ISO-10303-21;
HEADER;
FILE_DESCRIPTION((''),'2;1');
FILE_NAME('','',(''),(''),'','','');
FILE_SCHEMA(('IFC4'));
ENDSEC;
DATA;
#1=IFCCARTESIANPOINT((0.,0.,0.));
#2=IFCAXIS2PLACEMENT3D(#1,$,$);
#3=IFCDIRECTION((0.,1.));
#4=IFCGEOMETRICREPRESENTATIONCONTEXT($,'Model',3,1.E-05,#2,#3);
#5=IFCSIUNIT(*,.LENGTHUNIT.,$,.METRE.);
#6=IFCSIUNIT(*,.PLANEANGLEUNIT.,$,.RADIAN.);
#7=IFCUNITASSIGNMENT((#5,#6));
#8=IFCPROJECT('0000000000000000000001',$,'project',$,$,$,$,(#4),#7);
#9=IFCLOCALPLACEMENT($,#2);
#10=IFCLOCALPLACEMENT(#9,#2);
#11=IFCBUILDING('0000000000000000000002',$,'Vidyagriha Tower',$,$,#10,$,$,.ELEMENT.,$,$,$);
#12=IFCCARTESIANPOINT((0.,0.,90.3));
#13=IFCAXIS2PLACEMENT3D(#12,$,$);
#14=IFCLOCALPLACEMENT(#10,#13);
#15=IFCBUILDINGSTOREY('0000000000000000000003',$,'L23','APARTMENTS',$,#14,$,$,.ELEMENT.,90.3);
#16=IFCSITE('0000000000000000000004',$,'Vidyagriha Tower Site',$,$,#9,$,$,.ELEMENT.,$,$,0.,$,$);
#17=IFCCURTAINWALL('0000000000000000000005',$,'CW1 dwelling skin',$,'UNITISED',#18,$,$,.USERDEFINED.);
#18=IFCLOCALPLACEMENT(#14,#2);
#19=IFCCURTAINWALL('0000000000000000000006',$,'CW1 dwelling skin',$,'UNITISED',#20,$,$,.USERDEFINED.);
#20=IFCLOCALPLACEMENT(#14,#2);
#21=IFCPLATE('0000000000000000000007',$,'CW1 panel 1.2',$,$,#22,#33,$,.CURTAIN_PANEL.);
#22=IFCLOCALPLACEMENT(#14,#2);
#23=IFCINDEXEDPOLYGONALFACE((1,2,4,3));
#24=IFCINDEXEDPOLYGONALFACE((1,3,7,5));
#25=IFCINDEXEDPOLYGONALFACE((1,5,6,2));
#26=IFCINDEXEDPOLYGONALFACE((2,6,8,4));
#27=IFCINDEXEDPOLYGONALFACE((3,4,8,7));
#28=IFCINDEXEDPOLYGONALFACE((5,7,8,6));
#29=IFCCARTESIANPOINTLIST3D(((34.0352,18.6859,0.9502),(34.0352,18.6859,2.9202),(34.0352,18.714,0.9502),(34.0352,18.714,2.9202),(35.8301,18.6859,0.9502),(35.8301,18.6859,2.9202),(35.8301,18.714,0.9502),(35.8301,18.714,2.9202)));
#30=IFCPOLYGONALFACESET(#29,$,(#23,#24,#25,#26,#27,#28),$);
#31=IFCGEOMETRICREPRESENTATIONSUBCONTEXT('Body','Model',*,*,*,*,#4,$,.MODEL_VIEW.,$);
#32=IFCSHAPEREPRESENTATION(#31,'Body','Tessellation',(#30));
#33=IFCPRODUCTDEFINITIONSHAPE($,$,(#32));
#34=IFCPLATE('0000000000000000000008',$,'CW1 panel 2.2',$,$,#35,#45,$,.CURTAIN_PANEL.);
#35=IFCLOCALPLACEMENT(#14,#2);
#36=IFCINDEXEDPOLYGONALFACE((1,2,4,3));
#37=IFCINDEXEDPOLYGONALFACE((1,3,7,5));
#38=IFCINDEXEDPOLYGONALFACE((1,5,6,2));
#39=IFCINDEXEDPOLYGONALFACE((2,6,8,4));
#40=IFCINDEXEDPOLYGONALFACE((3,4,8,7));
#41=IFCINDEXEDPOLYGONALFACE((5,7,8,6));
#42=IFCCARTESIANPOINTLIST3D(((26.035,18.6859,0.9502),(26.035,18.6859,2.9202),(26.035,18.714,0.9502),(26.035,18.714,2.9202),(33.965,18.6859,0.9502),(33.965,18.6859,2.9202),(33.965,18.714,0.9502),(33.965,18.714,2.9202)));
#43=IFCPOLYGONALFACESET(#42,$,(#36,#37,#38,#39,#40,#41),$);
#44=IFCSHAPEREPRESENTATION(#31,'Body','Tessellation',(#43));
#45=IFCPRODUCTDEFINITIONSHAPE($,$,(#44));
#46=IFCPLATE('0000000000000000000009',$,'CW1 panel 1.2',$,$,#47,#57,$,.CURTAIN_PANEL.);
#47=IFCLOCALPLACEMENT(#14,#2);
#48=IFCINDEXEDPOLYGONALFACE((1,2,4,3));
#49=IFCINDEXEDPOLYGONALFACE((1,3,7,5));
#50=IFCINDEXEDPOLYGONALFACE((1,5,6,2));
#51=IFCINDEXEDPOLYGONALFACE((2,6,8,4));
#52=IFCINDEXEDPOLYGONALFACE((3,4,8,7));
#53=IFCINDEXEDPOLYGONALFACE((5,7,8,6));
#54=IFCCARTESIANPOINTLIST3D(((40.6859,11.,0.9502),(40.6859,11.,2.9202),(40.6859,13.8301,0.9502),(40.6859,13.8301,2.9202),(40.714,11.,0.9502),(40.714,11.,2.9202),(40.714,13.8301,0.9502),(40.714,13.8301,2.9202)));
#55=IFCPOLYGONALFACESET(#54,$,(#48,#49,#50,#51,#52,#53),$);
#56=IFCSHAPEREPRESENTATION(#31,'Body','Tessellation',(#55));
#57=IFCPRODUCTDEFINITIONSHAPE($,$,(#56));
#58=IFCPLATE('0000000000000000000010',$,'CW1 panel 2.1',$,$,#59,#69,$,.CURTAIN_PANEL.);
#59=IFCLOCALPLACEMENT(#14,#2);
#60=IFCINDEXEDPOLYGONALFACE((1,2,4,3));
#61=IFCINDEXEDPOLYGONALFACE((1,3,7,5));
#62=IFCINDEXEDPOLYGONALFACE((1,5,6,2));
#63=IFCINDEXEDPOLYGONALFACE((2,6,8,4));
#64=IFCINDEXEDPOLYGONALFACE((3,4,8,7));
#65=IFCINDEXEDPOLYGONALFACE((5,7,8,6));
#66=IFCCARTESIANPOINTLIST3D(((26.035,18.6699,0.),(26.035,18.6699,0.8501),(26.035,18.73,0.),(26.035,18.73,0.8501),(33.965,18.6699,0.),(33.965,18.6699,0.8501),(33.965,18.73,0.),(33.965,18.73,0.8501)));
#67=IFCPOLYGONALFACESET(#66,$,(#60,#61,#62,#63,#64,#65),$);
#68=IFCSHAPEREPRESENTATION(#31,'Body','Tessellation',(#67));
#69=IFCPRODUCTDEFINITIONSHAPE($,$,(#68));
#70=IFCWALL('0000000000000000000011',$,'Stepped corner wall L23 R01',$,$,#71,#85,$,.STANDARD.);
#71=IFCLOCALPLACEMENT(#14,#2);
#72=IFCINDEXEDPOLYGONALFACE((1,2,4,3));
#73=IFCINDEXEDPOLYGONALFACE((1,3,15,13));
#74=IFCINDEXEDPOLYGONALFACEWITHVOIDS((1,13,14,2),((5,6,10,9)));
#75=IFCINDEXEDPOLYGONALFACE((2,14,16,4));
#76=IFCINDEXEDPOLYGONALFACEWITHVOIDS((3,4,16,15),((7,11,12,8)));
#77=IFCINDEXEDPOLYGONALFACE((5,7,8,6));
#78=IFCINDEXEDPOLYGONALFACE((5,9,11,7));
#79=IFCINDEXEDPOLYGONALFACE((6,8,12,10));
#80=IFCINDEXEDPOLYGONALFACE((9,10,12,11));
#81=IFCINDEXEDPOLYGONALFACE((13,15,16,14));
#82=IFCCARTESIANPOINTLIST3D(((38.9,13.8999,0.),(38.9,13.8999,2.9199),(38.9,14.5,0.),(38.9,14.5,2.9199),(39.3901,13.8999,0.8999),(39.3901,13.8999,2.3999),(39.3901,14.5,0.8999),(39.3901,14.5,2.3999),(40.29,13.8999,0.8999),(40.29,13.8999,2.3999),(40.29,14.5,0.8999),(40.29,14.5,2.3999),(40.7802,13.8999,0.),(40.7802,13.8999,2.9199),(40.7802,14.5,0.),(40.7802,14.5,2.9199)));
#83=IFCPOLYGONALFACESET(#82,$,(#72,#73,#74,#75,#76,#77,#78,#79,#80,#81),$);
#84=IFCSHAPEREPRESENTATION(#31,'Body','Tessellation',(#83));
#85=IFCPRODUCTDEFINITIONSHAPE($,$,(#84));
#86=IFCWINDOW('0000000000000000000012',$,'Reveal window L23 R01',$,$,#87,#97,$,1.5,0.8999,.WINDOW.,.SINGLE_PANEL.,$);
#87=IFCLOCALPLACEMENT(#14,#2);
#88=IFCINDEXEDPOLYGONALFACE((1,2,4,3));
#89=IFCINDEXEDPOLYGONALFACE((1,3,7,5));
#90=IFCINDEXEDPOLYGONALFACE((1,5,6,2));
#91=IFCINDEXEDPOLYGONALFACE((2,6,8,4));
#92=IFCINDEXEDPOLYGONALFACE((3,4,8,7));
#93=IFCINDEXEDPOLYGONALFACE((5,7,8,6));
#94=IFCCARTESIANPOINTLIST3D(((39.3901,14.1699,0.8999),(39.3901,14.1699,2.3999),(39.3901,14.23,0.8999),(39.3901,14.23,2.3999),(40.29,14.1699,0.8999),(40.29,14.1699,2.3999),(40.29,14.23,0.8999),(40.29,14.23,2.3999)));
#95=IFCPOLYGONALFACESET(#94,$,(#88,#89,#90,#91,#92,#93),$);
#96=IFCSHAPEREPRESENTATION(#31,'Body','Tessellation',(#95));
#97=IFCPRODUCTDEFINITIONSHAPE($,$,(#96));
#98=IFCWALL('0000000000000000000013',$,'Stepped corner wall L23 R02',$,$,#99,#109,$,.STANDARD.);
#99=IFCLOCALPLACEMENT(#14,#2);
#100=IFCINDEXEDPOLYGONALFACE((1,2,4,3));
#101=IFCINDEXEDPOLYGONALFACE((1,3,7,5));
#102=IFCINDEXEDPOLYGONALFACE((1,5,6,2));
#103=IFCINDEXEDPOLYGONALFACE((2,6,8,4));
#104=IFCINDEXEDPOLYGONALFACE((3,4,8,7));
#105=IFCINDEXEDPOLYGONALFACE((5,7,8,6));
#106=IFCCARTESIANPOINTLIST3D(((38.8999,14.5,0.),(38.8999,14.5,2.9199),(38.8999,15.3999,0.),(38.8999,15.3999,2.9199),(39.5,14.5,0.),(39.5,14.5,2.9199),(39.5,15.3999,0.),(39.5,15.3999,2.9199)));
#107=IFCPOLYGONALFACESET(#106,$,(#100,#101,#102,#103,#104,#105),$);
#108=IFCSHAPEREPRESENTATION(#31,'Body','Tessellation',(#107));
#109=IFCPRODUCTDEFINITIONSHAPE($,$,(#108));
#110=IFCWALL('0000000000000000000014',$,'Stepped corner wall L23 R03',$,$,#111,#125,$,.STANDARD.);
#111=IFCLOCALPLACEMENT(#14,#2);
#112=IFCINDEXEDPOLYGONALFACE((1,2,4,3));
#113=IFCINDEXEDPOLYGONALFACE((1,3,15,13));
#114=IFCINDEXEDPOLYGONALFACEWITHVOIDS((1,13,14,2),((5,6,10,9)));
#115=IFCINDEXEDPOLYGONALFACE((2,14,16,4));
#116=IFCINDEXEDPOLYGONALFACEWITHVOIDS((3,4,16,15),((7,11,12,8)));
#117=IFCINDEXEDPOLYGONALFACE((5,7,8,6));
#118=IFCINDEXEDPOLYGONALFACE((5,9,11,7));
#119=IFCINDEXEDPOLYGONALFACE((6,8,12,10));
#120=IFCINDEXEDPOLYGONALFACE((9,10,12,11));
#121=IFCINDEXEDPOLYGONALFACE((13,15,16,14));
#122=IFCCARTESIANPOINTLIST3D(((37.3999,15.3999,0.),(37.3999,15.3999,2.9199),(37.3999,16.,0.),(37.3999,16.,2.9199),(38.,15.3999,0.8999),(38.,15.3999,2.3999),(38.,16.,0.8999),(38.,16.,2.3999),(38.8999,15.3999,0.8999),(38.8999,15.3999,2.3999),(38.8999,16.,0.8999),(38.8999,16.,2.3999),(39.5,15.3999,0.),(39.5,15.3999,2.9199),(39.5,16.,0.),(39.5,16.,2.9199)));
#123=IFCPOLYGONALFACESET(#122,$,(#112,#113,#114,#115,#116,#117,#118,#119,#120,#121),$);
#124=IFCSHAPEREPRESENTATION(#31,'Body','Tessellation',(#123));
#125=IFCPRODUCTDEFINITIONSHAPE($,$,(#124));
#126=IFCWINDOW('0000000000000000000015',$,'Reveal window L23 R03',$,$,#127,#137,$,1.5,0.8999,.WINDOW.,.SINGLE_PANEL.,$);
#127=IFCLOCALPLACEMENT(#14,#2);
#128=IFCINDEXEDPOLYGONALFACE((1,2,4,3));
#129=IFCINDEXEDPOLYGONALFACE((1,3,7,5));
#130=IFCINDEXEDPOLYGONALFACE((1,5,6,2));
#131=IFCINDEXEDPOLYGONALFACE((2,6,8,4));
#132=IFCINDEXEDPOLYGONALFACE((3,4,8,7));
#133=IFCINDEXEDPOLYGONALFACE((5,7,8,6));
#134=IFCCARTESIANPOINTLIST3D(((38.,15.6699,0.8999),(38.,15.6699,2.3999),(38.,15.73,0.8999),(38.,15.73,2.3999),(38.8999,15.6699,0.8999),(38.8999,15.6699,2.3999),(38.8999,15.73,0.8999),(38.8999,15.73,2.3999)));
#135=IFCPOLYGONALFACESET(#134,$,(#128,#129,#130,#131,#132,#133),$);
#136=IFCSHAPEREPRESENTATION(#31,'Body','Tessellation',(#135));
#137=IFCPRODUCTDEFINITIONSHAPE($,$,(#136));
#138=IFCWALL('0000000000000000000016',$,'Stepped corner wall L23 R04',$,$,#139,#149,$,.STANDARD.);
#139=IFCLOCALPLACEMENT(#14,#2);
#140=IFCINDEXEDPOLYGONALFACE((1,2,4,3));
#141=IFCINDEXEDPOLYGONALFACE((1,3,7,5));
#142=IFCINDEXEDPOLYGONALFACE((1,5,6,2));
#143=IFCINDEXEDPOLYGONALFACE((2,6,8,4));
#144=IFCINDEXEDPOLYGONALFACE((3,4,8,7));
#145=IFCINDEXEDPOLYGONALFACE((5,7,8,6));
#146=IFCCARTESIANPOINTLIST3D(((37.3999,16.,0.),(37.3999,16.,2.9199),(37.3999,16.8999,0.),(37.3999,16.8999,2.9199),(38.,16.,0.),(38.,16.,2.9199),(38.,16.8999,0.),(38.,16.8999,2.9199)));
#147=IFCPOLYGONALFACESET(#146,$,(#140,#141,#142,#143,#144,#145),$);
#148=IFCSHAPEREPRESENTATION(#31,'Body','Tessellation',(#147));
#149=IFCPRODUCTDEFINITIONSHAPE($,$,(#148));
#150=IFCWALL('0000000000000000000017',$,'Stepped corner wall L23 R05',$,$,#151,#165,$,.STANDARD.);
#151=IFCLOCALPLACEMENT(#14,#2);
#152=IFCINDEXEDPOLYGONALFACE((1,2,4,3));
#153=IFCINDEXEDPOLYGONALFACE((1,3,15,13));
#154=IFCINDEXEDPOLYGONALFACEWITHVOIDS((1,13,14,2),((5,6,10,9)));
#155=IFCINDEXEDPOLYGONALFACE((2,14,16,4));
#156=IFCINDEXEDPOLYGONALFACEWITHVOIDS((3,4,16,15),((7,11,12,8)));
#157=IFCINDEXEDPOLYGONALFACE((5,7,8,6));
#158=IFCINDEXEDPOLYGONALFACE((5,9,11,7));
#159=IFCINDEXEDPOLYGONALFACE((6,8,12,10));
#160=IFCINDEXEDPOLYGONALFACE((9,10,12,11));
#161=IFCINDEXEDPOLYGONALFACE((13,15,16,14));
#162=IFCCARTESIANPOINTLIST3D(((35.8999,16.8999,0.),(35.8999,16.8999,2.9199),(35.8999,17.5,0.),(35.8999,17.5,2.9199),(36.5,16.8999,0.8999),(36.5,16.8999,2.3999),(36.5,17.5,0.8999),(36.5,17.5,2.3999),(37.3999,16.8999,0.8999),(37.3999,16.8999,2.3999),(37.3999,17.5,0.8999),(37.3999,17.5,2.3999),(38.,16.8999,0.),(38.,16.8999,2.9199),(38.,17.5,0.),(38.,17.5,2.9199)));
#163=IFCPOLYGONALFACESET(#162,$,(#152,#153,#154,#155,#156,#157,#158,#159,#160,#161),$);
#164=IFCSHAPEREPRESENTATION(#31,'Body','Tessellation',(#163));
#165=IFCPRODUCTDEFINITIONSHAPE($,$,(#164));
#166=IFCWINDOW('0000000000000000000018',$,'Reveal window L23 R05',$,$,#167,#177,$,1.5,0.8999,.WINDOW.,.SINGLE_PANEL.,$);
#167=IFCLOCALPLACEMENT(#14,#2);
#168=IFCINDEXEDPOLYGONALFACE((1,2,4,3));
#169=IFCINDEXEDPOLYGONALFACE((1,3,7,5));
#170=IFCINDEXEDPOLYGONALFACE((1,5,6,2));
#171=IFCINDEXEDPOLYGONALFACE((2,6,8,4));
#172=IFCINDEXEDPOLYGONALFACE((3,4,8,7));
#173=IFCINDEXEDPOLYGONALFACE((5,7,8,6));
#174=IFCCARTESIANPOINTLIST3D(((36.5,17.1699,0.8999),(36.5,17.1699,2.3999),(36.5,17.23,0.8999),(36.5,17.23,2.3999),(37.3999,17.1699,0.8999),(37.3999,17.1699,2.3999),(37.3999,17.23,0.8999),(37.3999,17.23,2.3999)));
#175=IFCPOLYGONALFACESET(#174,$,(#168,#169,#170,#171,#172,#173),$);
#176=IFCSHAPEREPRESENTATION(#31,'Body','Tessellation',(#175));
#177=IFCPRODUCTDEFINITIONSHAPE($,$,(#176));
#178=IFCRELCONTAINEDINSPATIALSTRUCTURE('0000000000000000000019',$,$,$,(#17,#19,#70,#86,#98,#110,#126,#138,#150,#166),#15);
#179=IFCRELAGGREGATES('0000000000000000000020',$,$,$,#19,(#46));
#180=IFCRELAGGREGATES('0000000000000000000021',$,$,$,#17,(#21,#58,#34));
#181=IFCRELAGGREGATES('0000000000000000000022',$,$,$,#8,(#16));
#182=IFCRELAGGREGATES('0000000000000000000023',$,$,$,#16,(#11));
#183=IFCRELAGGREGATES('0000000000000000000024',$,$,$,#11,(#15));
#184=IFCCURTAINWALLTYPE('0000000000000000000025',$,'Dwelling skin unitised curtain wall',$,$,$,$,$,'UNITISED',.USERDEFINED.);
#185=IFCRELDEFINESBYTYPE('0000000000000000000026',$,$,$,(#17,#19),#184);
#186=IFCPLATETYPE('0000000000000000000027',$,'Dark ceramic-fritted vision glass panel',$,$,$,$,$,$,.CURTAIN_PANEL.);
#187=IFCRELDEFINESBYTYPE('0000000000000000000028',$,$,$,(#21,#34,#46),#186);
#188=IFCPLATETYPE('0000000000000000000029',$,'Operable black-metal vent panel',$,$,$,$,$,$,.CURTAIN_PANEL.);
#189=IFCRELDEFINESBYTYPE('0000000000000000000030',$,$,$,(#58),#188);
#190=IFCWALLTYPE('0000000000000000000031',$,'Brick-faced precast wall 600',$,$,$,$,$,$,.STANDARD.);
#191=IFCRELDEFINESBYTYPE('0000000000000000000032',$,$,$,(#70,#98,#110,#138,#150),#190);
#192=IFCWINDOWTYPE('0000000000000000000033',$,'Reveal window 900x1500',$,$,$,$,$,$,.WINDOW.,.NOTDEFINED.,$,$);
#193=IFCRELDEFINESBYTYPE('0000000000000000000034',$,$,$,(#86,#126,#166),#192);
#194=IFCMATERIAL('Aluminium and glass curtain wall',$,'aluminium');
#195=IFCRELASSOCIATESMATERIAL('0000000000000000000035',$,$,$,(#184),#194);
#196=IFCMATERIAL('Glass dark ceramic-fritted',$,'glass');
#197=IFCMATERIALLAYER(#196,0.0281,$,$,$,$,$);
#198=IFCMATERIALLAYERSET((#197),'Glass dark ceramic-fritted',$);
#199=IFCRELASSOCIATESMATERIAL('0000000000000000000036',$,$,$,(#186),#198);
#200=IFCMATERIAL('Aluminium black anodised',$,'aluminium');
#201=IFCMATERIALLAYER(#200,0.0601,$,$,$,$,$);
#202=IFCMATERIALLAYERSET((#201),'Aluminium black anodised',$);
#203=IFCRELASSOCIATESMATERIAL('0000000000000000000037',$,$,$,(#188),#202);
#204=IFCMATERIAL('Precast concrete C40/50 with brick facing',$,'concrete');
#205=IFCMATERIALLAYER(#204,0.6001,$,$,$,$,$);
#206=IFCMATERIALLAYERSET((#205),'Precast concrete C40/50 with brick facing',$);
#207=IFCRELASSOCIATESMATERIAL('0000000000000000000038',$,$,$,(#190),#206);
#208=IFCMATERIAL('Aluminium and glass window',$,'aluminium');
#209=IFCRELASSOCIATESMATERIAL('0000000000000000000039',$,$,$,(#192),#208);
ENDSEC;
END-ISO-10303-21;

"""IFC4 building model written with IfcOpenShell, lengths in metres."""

from ifc_helpers import new_model, si_unit, direction, frame, frame_2d, origin, origin_2d, place, context, subcontext, project, spatial, rectangle, extrude, material, layer, layer_set, type_object, element, fill, aggregate, save


model = new_model("IFC4")

# Units and contexts
model_context = context("Model", 3, precision=1e-05, world=origin(), true_north=direction((0.0, 1.0)))
body_context = subcontext(model_context, "Body", "Model", "MODEL_VIEW")
ifc_project = project(units=[si_unit("LENGTHUNIT", "METRE"), si_unit("PLANEANGLEUNIT", "RADIAN")], contexts=[model_context])

# Site, building, storey
site_placement = place(None, origin())
site = spatial("IfcSite", under=ifc_project, at=site_placement, Name="Vidyagriha Tower Site", CompositionType="ELEMENT", RefElevation=0.0)
building_placement = place(site_placement, origin())
building = spatial("IfcBuilding", under=site, at=building_placement, Name="Vidyagriha Tower", CompositionType="ELEMENT")
storey_placement = place(building_placement, frame((0.0, 0.0, 90.3)))
storey = spatial("IfcBuildingStorey", under=building, at=storey_placement, Name="L23", Description="APARTMENTS", CompositionType="ELEMENT", Elevation=90.3)

# Curtain wall
ifc_material_1 = material(Name="Aluminium and glass curtain wall", Category="aluminium")
curtain_wall_type = type_object("IfcCurtainWallType", Name="Dwelling skin unitised curtain wall", ElementType="UNITISED", PredefinedType="USERDEFINED", material=ifc_material_1)
curtain_wall_1_placement = place(storey_placement, origin())
curtain_wall_1 = element("IfcCurtainWall", 1, at=curtain_wall_1_placement, inside=storey, type_object=curtain_wall_type, Name="CW1 dwelling skin", ObjectType="UNITISED", PredefinedType="USERDEFINED")

# Curtain wall
curtain_wall_2_placement = place(storey_placement, origin())
curtain_wall_2 = element("IfcCurtainWall", 2, at=curtain_wall_2_placement, inside=storey, type_object=curtain_wall_type, Name="CW1 dwelling skin", ObjectType="UNITISED", PredefinedType="USERDEFINED")

# Plates
ifc_material_2 = material(Name="Glass dark ceramic-fritted", Category="glass")
ifc_layer_1 = layer(ifc_material_2, 0.0281)
ifc_layer_set_1 = layer_set([ifc_layer_1], Name="Glass dark ceramic-fritted")
plate_type_1 = type_object("IfcPlateType", Name="Dark ceramic-fritted vision glass panel", PredefinedType="CURTAIN_PANEL", material=ifc_layer_set_1)
plate_1_placement = place(storey_placement, frame((34.9326, 18.7, 0.9502), z_axis=(0.0, 0.0, 1.0), x_axis=(-1.0, 0.0, 0.0)))
plate_1 = element("IfcPlate", 3, at=plate_1_placement, type_object=plate_type_1, Name="CW1 panel 1.2", PredefinedType="CURTAIN_PANEL", context=body_context, shape_type="SweptSolid", body=[
    extrude(rectangle(XDim=1.7949, YDim=0.0281, at=origin_2d()), origin(), (0.0, 0.0, 1.0), 1.97),
])
plate_2_placement = place(storey_placement, frame((30.0, 18.7, 0.9502), z_axis=(0.0, 0.0, 1.0), x_axis=(-1.0, 0.0, 0.0)))
plate_2 = element("IfcPlate", 4, at=plate_2_placement, type_object=plate_type_1, Name="CW1 panel 2.2", PredefinedType="CURTAIN_PANEL", context=body_context, shape_type="SweptSolid", body=[
    extrude(rectangle(XDim=7.9299, YDim=0.0281, at=origin_2d()), origin(), (0.0, 0.0, 1.0), 1.97),
])
plate_3_placement = place(storey_placement, frame((40.7, 12.415, 0.9502), z_axis=(0.0, 0.0, 1.0), x_axis=(0.0, 1.0, 0.0)))
plate_3 = element("IfcPlate", 5, at=plate_3_placement, type_object=plate_type_1, Name="CW1 panel 1.2", PredefinedType="CURTAIN_PANEL", context=body_context, shape_type="SweptSolid", body=[
    extrude(rectangle(XDim=2.8301, YDim=0.0281, at=origin_2d()), origin(), (0.0, 0.0, 1.0), 1.97),
])
aggregate(curtain_wall_2, [plate_3])
ifc_material_3 = material(Name="Aluminium black anodised", Category="aluminium")
ifc_layer_2 = layer(ifc_material_3, 0.0601)
ifc_layer_set_2 = layer_set([ifc_layer_2], Name="Aluminium black anodised")
plate_type_2 = type_object("IfcPlateType", Name="Operable black-metal vent panel", PredefinedType="CURTAIN_PANEL", material=ifc_layer_set_2)
plate_4_placement = place(storey_placement, frame((30.0, 18.7, 0.0), z_axis=(0.0, 0.0, 1.0), x_axis=(-1.0, 0.0, 0.0)))
plate_4 = element("IfcPlate", 6, at=plate_4_placement, type_object=plate_type_2, Name="CW1 panel 2.1", PredefinedType="CURTAIN_PANEL", context=body_context, shape_type="SweptSolid", body=[
    extrude(rectangle(XDim=7.9299, YDim=0.0601, at=origin_2d()), origin(), (0.0, 0.0, 1.0), 0.8501),
])
aggregate(curtain_wall_1, [plate_1, plate_4, plate_2])

# Wall, opening, window
ifc_material_4 = material(Name="Precast concrete C40/50 with brick facing", Category="concrete")
ifc_layer_3 = layer(ifc_material_4, 0.6001)
ifc_layer_set_3 = layer_set([ifc_layer_3], Name="Precast concrete C40/50 with brick facing")
wall_type_1 = type_object("IfcWallType", Name="Brick-faced precast wall 600", PredefinedType="STANDARD", material=ifc_layer_set_3)
wall_1_placement = place(storey_placement, frame((40.78, 14.2, 0.0), z_axis=(0.0, 0.0, 1.0), x_axis=(-1.0, 0.0, 0.0)))
wall_1 = element("IfcWall", 7, at=wall_1_placement, inside=storey, type_object=wall_type_1, Name="Stepped corner wall L23 R01", PredefinedType="STANDARD", context=body_context, shape_type="SweptSolid", body=[
    extrude(rectangle(XDim=1.8801, YDim=0.6001, at=frame_2d((0.9399, 0.0))), origin(), (0.0, 0.0, 1.0), 2.9199),
])
opening_1_placement = place(wall_1_placement, frame((0.49, 0.0, 0.8999)))
opening_1 = element("IfcOpeningElement", 8, at=opening_1_placement, cuts=wall_1, PredefinedType="OPENING", context=body_context, shape_type="SweptSolid", body=[
    extrude(rectangle(XDim=0.8999, YDim=1.5, at=frame_2d((0.45, 0.75))), frame((0.0, 0.3101, 0.0), z_axis=(0.0, -1.0, 0.0), x_axis=(1.0, 0.0, 0.0)), (0.0, 0.0, 1.0), 0.6201),
])
ifc_material_5 = material(Name="Aluminium and glass window", Category="aluminium")
window_type = type_object("IfcWindowType", Name="Reveal window 900x1500", PartitioningType="NOTDEFINED", PredefinedType="WINDOW", material=ifc_material_5)
window_1_placement = place(opening_1_placement, origin())
window_1 = element("IfcWindow", 9, at=window_1_placement, inside=storey, type_object=window_type, Name="Reveal window L23 R01", OverallHeight=1.5, OverallWidth=0.8999, PartitioningType="SINGLE_PANEL", PredefinedType="WINDOW", context=body_context, shape_type="SweptSolid", body=[
    extrude(rectangle(XDim=0.8999, YDim=1.5, at=frame_2d((0.45, 0.75))), frame((0.0, 0.03, 0.0), z_axis=(0.0, -1.0, 0.0), x_axis=(1.0, 0.0, 0.0)), (0.0, 0.0, 1.0), 0.0601),
])
fill(opening_1, window_1)

# Wall
wall_2_placement = place(storey_placement, frame((39.2, 14.5, 0.0), z_axis=(0.0, 0.0, 1.0), x_axis=(0.0, 1.0, 0.0)))
element("IfcWall", 10, at=wall_2_placement, inside=storey, type_object=wall_type_1, Name="Stepped corner wall L23 R02", PredefinedType="STANDARD", context=body_context, shape_type="SweptSolid", body=[
    extrude(rectangle(XDim=0.8999, YDim=0.6001, at=frame_2d((0.45, 0.0))), origin(), (0.0, 0.0, 1.0), 2.9199),
])

# Wall, opening, window
wall_3_placement = place(storey_placement, frame((39.5, 15.7, 0.0), z_axis=(0.0, 0.0, 1.0), x_axis=(-1.0, 0.0, 0.0)))
wall_3 = element("IfcWall", 11, at=wall_3_placement, inside=storey, type_object=wall_type_1, Name="Stepped corner wall L23 R03", PredefinedType="STANDARD", context=body_context, shape_type="SweptSolid", body=[
    extrude(rectangle(XDim=2.1001, YDim=0.6001, at=frame_2d((1.05, 0.0))), origin(), (0.0, 0.0, 1.0), 2.9199),
])
opening_2_placement = place(wall_3_placement, frame((0.6001, 0.0, 0.8999)))
opening_2 = element("IfcOpeningElement", 12, at=opening_2_placement, cuts=wall_3, PredefinedType="OPENING", context=body_context, shape_type="SweptSolid", body=[
    extrude(rectangle(XDim=0.8999, YDim=1.5, at=frame_2d((0.45, 0.75))), frame((0.0, 0.3101, 0.0), z_axis=(0.0, -1.0, 0.0), x_axis=(1.0, 0.0, 0.0)), (0.0, 0.0, 1.0), 0.6201),
])
window_2_placement = place(opening_2_placement, origin())
window_2 = element("IfcWindow", 13, at=window_2_placement, inside=storey, type_object=window_type, Name="Reveal window L23 R03", OverallHeight=1.5, OverallWidth=0.8999, PartitioningType="SINGLE_PANEL", PredefinedType="WINDOW", context=body_context, shape_type="SweptSolid", body=[
    extrude(rectangle(XDim=0.8999, YDim=1.5, at=frame_2d((0.45, 0.75))), frame((0.0, 0.03, 0.0), z_axis=(0.0, -1.0, 0.0), x_axis=(1.0, 0.0, 0.0)), (0.0, 0.0, 1.0), 0.0601),
])
fill(opening_2, window_2)

# Wall
wall_4_placement = place(storey_placement, frame((37.7, 16.0, 0.0), z_axis=(0.0, 0.0, 1.0), x_axis=(0.0, 1.0, 0.0)))
element("IfcWall", 14, at=wall_4_placement, inside=storey, type_object=wall_type_1, Name="Stepped corner wall L23 R04", PredefinedType="STANDARD", context=body_context, shape_type="SweptSolid", body=[
    extrude(rectangle(XDim=0.8999, YDim=0.6001, at=frame_2d((0.45, 0.0))), origin(), (0.0, 0.0, 1.0), 2.9199),
])

# Wall, opening, window
wall_5_placement = place(storey_placement, frame((38.0, 17.2, 0.0), z_axis=(0.0, 0.0, 1.0), x_axis=(-1.0, 0.0, 0.0)))
wall_5 = element("IfcWall", 15, at=wall_5_placement, inside=storey, type_object=wall_type_1, Name="Stepped corner wall L23 R05", PredefinedType="STANDARD", context=body_context, shape_type="SweptSolid", body=[
    extrude(rectangle(XDim=2.1001, YDim=0.6001, at=frame_2d((1.05, 0.0))), origin(), (0.0, 0.0, 1.0), 2.9199),
])
opening_3_placement = place(wall_5_placement, frame((0.6001, 0.0, 0.8999)))
opening_3 = element("IfcOpeningElement", 16, at=opening_3_placement, cuts=wall_5, PredefinedType="OPENING", context=body_context, shape_type="SweptSolid", body=[
    extrude(rectangle(XDim=0.8999, YDim=1.5, at=frame_2d((0.45, 0.75))), frame((0.0, 0.3101, 0.0), z_axis=(0.0, -1.0, 0.0), x_axis=(1.0, 0.0, 0.0)), (0.0, 0.0, 1.0), 0.6201),
])
window_3_placement = place(opening_3_placement, origin())
window_3 = element("IfcWindow", 17, at=window_3_placement, inside=storey, type_object=window_type, Name="Reveal window L23 R05", OverallHeight=1.5, OverallWidth=0.8999, PartitioningType="SINGLE_PANEL", PredefinedType="WINDOW", context=body_context, shape_type="SweptSolid", body=[
    extrude(rectangle(XDim=0.8999, YDim=1.5, at=frame_2d((0.45, 0.75))), frame((0.0, 0.03, 0.0), z_axis=(0.0, -1.0, 0.0), x_axis=(1.0, 0.0, 0.0)), (0.0, 0.0, 1.0), 0.0601),
])
fill(opening_3, window_3)

save(model, "model.ifc")
